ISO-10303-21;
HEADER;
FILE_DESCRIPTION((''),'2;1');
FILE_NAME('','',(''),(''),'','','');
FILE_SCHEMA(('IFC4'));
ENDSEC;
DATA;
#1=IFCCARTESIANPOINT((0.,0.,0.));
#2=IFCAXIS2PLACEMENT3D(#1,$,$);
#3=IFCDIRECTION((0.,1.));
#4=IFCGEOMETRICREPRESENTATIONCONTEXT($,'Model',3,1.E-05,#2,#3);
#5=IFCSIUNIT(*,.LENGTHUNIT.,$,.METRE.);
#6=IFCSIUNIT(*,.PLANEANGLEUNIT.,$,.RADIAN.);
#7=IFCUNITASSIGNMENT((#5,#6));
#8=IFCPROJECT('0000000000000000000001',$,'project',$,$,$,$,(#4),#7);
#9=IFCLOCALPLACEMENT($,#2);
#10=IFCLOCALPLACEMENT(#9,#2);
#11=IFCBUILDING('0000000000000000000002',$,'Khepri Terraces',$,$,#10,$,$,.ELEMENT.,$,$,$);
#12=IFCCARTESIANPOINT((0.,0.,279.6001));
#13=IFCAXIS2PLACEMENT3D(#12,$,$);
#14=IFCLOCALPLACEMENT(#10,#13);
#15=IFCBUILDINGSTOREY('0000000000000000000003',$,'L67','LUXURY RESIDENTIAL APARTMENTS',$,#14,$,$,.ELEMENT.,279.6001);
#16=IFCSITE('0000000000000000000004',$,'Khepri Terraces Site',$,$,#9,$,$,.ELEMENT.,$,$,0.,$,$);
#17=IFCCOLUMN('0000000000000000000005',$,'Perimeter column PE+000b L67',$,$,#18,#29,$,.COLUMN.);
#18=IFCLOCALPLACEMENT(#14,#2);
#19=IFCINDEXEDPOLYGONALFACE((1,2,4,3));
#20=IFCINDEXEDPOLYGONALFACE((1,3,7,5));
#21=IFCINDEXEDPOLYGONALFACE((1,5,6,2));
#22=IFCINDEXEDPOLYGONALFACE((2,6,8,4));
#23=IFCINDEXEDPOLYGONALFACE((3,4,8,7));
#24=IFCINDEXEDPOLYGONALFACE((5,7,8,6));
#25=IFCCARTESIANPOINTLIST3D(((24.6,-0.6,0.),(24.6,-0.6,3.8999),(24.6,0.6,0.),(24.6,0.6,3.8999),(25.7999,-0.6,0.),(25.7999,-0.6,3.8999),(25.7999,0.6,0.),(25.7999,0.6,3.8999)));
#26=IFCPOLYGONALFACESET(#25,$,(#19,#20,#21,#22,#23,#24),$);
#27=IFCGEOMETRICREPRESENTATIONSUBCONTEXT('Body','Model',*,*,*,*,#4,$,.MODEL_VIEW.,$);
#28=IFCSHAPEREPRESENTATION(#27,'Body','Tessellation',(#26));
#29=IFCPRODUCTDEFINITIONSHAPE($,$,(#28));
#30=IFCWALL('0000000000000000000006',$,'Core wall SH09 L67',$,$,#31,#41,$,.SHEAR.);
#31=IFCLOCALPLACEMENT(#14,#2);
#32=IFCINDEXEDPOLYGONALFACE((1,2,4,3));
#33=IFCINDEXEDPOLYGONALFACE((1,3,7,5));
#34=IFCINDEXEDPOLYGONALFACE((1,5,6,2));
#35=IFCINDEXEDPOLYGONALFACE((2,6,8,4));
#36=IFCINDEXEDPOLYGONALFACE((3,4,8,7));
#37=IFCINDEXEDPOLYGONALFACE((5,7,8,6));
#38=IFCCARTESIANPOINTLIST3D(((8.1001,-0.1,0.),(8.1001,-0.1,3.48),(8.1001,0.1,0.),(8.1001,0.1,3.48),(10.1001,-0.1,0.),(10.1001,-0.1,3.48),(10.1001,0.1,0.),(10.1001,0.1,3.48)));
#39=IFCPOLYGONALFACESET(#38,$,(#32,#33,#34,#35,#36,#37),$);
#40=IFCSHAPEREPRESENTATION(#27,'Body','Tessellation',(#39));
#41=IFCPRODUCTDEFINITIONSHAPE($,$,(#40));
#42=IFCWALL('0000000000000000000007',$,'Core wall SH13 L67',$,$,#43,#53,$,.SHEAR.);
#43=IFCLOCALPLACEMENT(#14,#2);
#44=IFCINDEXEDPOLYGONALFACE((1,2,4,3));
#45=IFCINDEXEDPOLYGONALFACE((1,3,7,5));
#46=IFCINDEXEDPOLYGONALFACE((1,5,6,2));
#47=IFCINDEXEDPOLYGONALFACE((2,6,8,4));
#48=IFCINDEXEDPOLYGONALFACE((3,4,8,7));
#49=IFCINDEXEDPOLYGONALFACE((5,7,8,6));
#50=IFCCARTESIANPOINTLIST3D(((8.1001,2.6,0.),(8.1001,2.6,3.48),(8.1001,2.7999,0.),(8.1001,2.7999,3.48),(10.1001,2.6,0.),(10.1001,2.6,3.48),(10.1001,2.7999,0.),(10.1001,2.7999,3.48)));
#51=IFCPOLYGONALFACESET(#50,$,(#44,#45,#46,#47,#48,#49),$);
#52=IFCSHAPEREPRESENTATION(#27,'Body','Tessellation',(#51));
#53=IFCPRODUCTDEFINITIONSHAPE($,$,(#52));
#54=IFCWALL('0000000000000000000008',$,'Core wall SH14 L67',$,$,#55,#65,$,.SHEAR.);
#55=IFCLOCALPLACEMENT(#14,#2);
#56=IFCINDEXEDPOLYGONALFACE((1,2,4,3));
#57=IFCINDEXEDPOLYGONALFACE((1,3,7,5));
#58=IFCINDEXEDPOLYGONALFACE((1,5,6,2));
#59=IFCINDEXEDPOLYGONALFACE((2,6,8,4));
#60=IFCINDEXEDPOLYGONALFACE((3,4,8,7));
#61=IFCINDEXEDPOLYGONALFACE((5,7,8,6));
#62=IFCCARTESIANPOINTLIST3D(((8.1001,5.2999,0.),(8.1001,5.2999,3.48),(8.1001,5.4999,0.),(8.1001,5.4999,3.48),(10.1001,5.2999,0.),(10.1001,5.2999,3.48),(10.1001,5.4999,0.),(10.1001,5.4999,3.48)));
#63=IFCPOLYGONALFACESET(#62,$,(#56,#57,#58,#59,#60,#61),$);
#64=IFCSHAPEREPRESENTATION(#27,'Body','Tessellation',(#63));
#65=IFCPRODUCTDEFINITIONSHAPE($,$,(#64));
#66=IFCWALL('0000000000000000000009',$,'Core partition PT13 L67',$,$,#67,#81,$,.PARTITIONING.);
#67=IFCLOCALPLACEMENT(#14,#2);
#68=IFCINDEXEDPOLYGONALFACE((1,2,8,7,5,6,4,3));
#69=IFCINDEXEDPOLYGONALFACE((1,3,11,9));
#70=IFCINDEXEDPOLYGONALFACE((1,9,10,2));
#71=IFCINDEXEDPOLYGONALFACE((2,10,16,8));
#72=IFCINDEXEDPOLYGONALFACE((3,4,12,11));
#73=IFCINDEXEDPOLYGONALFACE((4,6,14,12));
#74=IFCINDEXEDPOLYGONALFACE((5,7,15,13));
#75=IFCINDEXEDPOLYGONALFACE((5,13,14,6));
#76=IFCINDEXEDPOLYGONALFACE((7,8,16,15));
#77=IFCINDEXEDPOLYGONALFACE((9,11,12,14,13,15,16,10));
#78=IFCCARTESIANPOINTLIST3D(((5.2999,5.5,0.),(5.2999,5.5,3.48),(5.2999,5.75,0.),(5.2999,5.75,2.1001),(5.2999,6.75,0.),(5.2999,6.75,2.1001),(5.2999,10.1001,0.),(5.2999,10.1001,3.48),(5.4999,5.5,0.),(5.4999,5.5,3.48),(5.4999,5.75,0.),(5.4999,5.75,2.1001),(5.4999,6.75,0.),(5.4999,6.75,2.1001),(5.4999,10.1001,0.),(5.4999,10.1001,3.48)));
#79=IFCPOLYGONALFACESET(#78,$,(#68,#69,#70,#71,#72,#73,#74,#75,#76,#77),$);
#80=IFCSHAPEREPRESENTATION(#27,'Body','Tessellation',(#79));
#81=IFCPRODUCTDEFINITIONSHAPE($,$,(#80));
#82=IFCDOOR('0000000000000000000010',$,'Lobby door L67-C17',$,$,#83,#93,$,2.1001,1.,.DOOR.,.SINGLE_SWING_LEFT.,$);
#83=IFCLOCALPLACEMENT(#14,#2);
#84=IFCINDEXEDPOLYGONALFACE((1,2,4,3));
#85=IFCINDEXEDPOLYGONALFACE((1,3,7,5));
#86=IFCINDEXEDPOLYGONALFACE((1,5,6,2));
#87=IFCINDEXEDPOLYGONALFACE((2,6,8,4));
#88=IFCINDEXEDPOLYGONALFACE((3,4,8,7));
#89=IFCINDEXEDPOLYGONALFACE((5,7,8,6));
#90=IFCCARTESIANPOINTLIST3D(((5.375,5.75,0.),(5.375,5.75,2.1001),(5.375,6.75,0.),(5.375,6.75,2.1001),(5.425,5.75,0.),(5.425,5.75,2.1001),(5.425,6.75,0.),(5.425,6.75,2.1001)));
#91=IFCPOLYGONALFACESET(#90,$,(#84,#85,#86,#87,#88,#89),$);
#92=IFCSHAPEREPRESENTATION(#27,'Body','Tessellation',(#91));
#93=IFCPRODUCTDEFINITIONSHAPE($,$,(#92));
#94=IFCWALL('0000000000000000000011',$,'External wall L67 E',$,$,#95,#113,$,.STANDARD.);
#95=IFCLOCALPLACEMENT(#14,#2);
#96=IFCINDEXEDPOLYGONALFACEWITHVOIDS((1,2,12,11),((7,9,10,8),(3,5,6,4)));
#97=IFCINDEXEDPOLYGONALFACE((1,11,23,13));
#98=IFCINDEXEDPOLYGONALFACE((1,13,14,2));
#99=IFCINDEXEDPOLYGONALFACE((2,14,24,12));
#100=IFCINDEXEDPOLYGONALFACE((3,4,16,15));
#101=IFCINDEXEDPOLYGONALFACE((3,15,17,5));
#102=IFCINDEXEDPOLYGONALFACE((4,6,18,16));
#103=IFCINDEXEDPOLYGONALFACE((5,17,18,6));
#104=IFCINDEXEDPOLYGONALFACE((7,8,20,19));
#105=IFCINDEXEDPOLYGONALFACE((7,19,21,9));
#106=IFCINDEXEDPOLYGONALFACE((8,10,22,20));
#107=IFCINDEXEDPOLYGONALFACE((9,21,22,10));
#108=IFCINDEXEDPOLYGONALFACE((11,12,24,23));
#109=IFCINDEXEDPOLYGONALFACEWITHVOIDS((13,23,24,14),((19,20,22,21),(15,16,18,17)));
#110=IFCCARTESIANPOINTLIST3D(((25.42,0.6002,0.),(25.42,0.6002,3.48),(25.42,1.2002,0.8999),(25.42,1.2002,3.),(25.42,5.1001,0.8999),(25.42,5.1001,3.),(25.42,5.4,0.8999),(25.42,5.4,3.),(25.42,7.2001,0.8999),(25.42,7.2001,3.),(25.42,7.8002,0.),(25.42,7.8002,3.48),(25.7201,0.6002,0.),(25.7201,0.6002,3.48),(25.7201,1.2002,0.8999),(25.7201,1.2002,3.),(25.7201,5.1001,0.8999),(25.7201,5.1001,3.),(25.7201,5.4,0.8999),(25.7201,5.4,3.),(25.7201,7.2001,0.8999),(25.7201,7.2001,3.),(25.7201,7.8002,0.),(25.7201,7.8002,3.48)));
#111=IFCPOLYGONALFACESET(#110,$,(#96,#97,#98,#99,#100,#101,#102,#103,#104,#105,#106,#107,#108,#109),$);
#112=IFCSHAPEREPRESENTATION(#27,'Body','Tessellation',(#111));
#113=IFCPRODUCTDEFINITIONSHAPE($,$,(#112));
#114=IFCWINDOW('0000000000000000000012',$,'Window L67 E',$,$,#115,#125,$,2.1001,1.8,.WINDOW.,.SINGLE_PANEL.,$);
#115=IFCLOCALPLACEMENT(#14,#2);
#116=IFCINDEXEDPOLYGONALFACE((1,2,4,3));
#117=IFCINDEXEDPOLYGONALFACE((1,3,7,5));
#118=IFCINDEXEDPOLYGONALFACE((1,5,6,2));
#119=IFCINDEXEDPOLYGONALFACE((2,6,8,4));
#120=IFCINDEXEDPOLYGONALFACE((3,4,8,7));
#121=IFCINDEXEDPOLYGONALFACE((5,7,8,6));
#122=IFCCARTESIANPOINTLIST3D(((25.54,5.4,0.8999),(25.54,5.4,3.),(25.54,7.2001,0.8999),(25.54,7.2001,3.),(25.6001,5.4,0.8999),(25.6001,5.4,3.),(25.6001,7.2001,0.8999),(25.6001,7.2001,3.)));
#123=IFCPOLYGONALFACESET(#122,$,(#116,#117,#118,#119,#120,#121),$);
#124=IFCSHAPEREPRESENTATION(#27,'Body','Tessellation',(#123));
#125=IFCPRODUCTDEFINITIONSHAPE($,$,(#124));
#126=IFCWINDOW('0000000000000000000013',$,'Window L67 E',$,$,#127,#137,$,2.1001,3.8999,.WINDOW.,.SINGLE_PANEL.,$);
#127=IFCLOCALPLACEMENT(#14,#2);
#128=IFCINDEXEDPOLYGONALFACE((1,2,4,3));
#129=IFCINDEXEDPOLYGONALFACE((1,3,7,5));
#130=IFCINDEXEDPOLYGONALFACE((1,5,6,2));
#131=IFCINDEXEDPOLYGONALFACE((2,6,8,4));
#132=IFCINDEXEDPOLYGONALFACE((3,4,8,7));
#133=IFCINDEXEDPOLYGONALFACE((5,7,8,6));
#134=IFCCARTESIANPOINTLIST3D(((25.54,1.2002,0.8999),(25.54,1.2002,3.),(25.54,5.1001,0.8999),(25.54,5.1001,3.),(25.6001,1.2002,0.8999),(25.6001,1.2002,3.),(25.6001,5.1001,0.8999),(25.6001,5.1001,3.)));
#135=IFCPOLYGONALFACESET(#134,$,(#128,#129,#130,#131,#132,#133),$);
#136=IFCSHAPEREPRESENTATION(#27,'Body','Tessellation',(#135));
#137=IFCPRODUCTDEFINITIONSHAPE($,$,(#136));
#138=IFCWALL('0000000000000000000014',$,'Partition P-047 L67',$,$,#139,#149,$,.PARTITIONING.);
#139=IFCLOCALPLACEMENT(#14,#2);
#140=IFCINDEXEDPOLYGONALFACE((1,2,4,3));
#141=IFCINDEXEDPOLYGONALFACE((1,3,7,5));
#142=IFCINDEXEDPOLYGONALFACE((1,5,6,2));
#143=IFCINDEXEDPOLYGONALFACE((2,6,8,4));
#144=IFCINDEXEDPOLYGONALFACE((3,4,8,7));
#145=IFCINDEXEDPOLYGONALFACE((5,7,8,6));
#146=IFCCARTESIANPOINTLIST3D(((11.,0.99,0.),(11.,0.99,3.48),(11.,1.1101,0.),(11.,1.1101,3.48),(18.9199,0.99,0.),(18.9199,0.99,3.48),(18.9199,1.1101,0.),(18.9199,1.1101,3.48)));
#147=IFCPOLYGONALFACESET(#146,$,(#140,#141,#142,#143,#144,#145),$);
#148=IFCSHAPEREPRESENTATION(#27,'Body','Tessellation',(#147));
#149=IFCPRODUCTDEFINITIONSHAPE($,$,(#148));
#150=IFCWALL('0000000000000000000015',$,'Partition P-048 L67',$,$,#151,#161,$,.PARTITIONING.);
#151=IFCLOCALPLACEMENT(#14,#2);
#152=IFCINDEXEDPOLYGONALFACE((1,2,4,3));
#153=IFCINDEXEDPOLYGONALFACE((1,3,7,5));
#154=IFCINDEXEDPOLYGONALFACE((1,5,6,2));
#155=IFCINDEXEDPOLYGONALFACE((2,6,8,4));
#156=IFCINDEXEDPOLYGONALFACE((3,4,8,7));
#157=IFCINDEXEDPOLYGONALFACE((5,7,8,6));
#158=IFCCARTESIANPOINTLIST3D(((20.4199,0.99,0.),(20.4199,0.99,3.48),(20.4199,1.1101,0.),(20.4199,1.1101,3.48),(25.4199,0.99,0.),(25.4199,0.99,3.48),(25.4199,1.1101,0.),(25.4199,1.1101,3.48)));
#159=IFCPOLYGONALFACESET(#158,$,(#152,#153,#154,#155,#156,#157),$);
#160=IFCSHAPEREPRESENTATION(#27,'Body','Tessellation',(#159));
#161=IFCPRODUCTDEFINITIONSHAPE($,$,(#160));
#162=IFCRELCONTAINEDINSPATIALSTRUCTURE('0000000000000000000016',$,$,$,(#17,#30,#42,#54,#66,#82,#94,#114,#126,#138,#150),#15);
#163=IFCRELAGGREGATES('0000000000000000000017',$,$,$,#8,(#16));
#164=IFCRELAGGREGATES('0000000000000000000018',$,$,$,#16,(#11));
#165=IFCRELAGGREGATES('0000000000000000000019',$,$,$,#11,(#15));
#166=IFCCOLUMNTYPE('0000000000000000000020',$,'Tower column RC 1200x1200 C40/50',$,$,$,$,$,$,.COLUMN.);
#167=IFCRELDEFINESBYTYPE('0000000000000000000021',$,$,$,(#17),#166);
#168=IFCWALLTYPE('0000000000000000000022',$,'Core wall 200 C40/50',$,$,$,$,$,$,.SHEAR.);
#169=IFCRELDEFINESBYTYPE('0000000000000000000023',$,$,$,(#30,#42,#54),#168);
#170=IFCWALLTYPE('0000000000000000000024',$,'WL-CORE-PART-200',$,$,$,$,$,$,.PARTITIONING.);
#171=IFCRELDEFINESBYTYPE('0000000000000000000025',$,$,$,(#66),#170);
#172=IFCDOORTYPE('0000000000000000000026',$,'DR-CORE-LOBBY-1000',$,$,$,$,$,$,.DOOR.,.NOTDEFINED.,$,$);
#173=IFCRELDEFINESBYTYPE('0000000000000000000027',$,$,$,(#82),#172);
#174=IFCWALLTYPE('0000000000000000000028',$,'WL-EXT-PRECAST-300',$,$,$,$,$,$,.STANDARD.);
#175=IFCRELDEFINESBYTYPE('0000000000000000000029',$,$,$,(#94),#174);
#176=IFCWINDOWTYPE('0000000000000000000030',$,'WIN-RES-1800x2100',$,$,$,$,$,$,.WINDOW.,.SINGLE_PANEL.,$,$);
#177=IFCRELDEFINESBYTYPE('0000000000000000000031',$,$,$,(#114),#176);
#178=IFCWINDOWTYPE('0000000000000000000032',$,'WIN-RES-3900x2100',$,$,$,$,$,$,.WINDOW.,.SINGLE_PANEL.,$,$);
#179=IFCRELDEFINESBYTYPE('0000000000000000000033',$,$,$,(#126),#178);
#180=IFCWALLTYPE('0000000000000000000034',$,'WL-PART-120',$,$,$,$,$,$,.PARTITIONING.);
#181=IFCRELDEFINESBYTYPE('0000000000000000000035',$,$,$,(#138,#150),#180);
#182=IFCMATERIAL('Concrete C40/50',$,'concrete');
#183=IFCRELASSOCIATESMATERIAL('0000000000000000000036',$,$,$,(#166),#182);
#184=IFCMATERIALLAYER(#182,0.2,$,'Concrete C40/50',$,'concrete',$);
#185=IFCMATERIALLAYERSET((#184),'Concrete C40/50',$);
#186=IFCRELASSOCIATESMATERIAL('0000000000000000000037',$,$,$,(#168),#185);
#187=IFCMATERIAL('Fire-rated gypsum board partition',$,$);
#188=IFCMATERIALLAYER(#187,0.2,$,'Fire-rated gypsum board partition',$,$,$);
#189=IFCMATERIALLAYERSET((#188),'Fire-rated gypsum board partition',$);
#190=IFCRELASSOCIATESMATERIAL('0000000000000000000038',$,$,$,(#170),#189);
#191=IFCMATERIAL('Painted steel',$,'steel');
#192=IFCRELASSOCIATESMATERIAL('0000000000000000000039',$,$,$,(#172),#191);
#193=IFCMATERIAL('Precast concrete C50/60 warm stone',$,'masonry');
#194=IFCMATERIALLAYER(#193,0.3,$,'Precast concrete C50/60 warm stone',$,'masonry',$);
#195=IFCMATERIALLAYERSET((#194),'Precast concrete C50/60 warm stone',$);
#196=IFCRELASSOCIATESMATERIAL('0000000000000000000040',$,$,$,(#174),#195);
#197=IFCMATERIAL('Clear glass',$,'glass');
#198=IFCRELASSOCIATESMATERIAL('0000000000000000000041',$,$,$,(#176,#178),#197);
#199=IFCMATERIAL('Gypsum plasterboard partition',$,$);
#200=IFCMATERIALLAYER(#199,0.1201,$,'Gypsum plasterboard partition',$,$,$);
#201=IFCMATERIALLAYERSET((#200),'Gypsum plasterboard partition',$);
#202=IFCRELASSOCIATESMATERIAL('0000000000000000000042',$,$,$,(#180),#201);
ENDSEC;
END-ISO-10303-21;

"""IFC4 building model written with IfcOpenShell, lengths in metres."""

from ifc_helpers import new_model, si_unit, direction, frame, frame_2d, origin, origin_2d, place, context, subcontext, project, spatial, rectangle, extrude, material, layer, layer_set, material_profile, profile_set, type_object, element, fill, save


model = new_model("IFC4")

# Units and contexts
model_context = context("Model", 3, precision=1e-05, world=origin(), true_north=direction((0.0, 1.0)))
body_context = subcontext(model_context, "Body", "Model", "MODEL_VIEW")
ifc_project = project(units=[si_unit("LENGTHUNIT", "METRE"), si_unit("PLANEANGLEUNIT", "RADIAN")], contexts=[model_context])

# Site, building, storey
site_placement = place(None, origin())
site = spatial("IfcSite", under=ifc_project, at=site_placement, Name="Khepri Terraces Site", CompositionType="ELEMENT", RefElevation=0.0)
building_placement = place(site_placement, origin())
building = spatial("IfcBuilding", under=site, at=building_placement, Name="Khepri Terraces", CompositionType="ELEMENT")
storey_placement = place(building_placement, frame((0.0, 0.0, 279.6001)))
storey = spatial("IfcBuildingStorey", under=building, at=storey_placement, Name="L67", Description="LUXURY RESIDENTIAL APARTMENTS", CompositionType="ELEMENT", Elevation=279.6001)

# Column
ifc_material_1 = material(Name="Concrete C40/50", Category="concrete")
ifc_material_profile = material_profile(ifc_material_1, rectangle(XDim=1.2, YDim=1.2, at=origin_2d()), Name="Concrete C40/50", Category="concrete")
ifc_profile_set = profile_set([ifc_material_profile], Name="Concrete C40/50")
column_type = type_object("IfcColumnType", Name="Tower column RC 1200x1200 C40/50", PredefinedType="COLUMN", material=ifc_profile_set)
column_placement = place(storey_placement, frame((25.2, 0.0, 0.0), z_axis=(0.0, 0.0, 1.0), x_axis=(1.0, 0.0, 0.0)))
element("IfcColumn", 1, at=column_placement, inside=storey, type_object=column_type, Name="Perimeter column PE+000b L67", PredefinedType="COLUMN", context=body_context, shape_type="SweptSolid", body=[
    extrude(rectangle(XDim=1.2, YDim=1.2, at=origin_2d()), origin(), (0.0, 0.0, 1.0), 3.8999),
])

# Walls
ifc_layer_1 = layer(ifc_material_1, 0.2, Name="Concrete C40/50", Category="concrete")
ifc_layer_set_1 = layer_set([ifc_layer_1], Name="Concrete C40/50")
wall_type_1 = type_object("IfcWallType", Name="Core wall 200 C40/50", PredefinedType="SHEAR", material=ifc_layer_set_1)
for number, where, z_axis, x_axis, name in (
    (2, (8.1001, 0.0, 0.0), (0.0, 0.0, 1.0), (1.0, 0.0, 0.0), "Core wall SH09 L67"),
    (3, (8.1001, 2.7, 0.0), (0.0, 0.0, 1.0), (1.0, 0.0, 0.0), "Core wall SH13 L67"),
    (4, (8.1001, 5.3999, 0.0), (0.0, 0.0, 1.0), (1.0, 0.0, 0.0), "Core wall SH14 L67"),
):
    element("IfcWall", number, at=place(storey_placement, frame(where, z_axis=z_axis, x_axis=x_axis)), inside=storey, type_object=wall_type_1, Name=name, PredefinedType="SHEAR", context=body_context, shape_type="SweptSolid", body=[
        extrude(rectangle(XDim=2.0, YDim=0.2, at=frame_2d((1.0, 0.0))), origin(), (0.0, 0.0, 1.0), 3.48),
    ])

# Wall, opening, door
ifc_material_2 = material(Name="Fire-rated gypsum board partition")
ifc_layer_2 = layer(ifc_material_2, 0.2, Name="Fire-rated gypsum board partition")
ifc_layer_set_2 = layer_set([ifc_layer_2], Name="Fire-rated gypsum board partition")
wall_type_2 = type_object("IfcWallType", Name="WL-CORE-PART-200", PredefinedType="PARTITIONING", material=ifc_layer_set_2)
wall_1_placement = place(storey_placement, frame((5.3999, 5.5, 0.0), z_axis=(0.0, 0.0, 1.0), x_axis=(0.0, 1.0, 0.0)))
wall_1 = element("IfcWall", 5, at=wall_1_placement, inside=storey, type_object=wall_type_2, Name="Core partition PT13 L67", PredefinedType="PARTITIONING", context=body_context, shape_type="SweptSolid", body=[
    extrude(rectangle(XDim=4.6001, YDim=0.2, at=frame_2d((2.3, 0.0))), origin(), (0.0, 0.0, 1.0), 3.48),
])
opening_1_placement = place(wall_1_placement, frame((0.25, 0.0, 0.0)))
opening_1 = element("IfcOpeningElement", 6, at=opening_1_placement, cuts=wall_1, PredefinedType="OPENING", context=body_context, shape_type="SweptSolid", body=[
    extrude(rectangle(XDim=1.0, YDim=2.1001, at=frame_2d((0.5, 1.05))), frame((0.0, 0.1099, 0.0), z_axis=(0.0, -1.0, 0.0), x_axis=(1.0, 0.0, 0.0)), (0.0, 0.0, 1.0), 0.22),
])
ifc_material_3 = material(Name="Painted steel", Category="steel")
door_type_1 = type_object("IfcDoorType", Name="DR-CORE-LOBBY-1000", OperationType="NOTDEFINED", PredefinedType="DOOR", material=ifc_material_3)
door_1_placement = place(opening_1_placement, origin())
door_1 = element("IfcDoor", 7, at=door_1_placement, inside=storey, type_object=door_type_1, Name="Lobby door L67-C17", OperationType="SINGLE_SWING_LEFT", OverallHeight=2.1001, OverallWidth=1.0, PredefinedType="DOOR", context=body_context, shape_type="SweptSolid", body=[
    extrude(rectangle(XDim=1.0, YDim=2.1001, at=frame_2d((0.5, 1.05))), frame((0.0, 0.0249, 0.0), z_axis=(0.0, -1.0, 0.0), x_axis=(1.0, 0.0, 0.0)), (0.0, 0.0, 1.0), 0.05),
])
fill(opening_1, door_1)

# Wall, openings, windows
ifc_material_4 = material(Name="Precast concrete C50/60 warm stone", Category="masonry")
ifc_layer_3 = layer(ifc_material_4, 0.3, Name="Precast concrete C50/60 warm stone", Category="masonry")
ifc_layer_set_3 = layer_set([ifc_layer_3], Name="Precast concrete C50/60 warm stone")
wall_type_3 = type_object("IfcWallType", Name="WL-EXT-PRECAST-300", PredefinedType="STANDARD", material=ifc_layer_set_3)
wall_2_placement = place(storey_placement, frame((25.5701, 0.6001, 0.0), z_axis=(0.0, 0.0, 1.0), x_axis=(0.0, 1.0, 0.0)))
wall_2 = element("IfcWall", 8, at=wall_2_placement, inside=storey, type_object=wall_type_3, Name="External wall L67 E", PredefinedType="STANDARD", context=body_context, shape_type="SweptSolid", body=[
    extrude(rectangle(XDim=7.2, YDim=0.3, at=frame_2d((3.6001, 0.0))), origin(), (0.0, 0.0, 1.0), 3.48),
])
opening_2_placement = place(wall_2_placement, frame((0.6001, 0.0, 0.8999)))
opening_2 = element("IfcOpeningElement", 9, at=opening_2_placement, cuts=wall_2, PredefinedType="OPENING", context=body_context, shape_type="SweptSolid", body=[
    extrude(rectangle(XDim=3.8999, YDim=2.1001, at=frame_2d((1.95, 1.05))), frame((0.0, 0.1602, 0.0), z_axis=(0.0, -1.0, 0.0), x_axis=(1.0, 0.0, 0.0)), (0.0, 0.0, 1.0), 0.3201),
])
opening_3_placement = place(wall_2_placement, frame((4.8, 0.0, 0.8999)))
opening_3 = element("IfcOpeningElement", 10, at=opening_3_placement, cuts=wall_2, PredefinedType="OPENING", context=body_context, shape_type="SweptSolid", body=[
    extrude(rectangle(XDim=1.8, YDim=2.1001, at=frame_2d((0.8999, 1.05))), frame((0.0, 0.1602, 0.0), z_axis=(0.0, -1.0, 0.0), x_axis=(1.0, 0.0, 0.0)), (0.0, 0.0, 1.0), 0.3201),
])
ifc_material_5 = material(Name="Clear glass", Category="glass")
window_type_1 = type_object("IfcWindowType", Name="WIN-RES-1800x2100", PartitioningType="SINGLE_PANEL", PredefinedType="WINDOW", material=ifc_material_5)
window_1_placement = place(opening_3_placement, origin())
window_1 = element("IfcWindow", 11, at=window_1_placement, inside=storey, type_object=window_type_1, Name="Window L67 E", OverallHeight=2.1001, OverallWidth=1.8, PartitioningType="SINGLE_PANEL", PredefinedType="WINDOW", context=body_context, shape_type="SweptSolid", body=[
    extrude(rectangle(XDim=1.8, YDim=2.1001, at=frame_2d((0.8999, 1.05))), frame((0.0, 0.03, 0.0), z_axis=(0.0, -1.0, 0.0), x_axis=(1.0, 0.0, 0.0)), (0.0, 0.0, 1.0), 0.0601),
])
fill(opening_3, window_1)
window_type_2 = type_object("IfcWindowType", Name="WIN-RES-3900x2100", PartitioningType="SINGLE_PANEL", PredefinedType="WINDOW", material=ifc_material_5)
window_2_placement = place(opening_2_placement, origin())
window_2 = element("IfcWindow", 12, at=window_2_placement, inside=storey, type_object=window_type_2, Name="Window L67 E", OverallHeight=2.1001, OverallWidth=3.8999, PartitioningType="SINGLE_PANEL", PredefinedType="WINDOW", context=body_context, shape_type="SweptSolid", body=[
    extrude(rectangle(XDim=3.8999, YDim=2.1001, at=frame_2d((1.95, 1.05))), frame((0.0, 0.03, 0.0), z_axis=(0.0, -1.0, 0.0), x_axis=(1.0, 0.0, 0.0)), (0.0, 0.0, 1.0), 0.0601),
])
fill(opening_2, window_2)

# Walls
ifc_material_6 = material(Name="Gypsum plasterboard partition")
ifc_layer_4 = layer(ifc_material_6, 0.1201, Name="Gypsum plasterboard partition")
ifc_layer_set_4 = layer_set([ifc_layer_4], Name="Gypsum plasterboard partition")
wall_type_4 = type_object("IfcWallType", Name="WL-PART-120", PredefinedType="PARTITIONING", material=ifc_layer_set_4)
wall_3_placement = place(storey_placement, frame((11.0, 1.05, 0.0), z_axis=(0.0, 0.0, 1.0), x_axis=(1.0, 0.0, 0.0)))
element("IfcWall", 13, at=wall_3_placement, inside=storey, type_object=wall_type_4, Name="Partition P-047 L67", PredefinedType="PARTITIONING", context=body_context, shape_type="SweptSolid", body=[
    extrude(rectangle(XDim=7.9199, YDim=0.1201, at=frame_2d((3.96, 0.0))), origin(), (0.0, 0.0, 1.0), 3.48),
])
wall_4_placement = place(storey_placement, frame((20.4199, 1.05, 0.0), z_axis=(0.0, 0.0, 1.0), x_axis=(1.0, 0.0, 0.0)))
element("IfcWall", 14, at=wall_4_placement, inside=storey, type_object=wall_type_4, Name="Partition P-048 L67", PredefinedType="PARTITIONING", context=body_context, shape_type="SweptSolid", body=[
    extrude(rectangle(XDim=5.0, YDim=0.1201, at=frame_2d((2.5, 0.0))), origin(), (0.0, 0.0, 1.0), 3.48),
])

save(model, "model.ifc")
